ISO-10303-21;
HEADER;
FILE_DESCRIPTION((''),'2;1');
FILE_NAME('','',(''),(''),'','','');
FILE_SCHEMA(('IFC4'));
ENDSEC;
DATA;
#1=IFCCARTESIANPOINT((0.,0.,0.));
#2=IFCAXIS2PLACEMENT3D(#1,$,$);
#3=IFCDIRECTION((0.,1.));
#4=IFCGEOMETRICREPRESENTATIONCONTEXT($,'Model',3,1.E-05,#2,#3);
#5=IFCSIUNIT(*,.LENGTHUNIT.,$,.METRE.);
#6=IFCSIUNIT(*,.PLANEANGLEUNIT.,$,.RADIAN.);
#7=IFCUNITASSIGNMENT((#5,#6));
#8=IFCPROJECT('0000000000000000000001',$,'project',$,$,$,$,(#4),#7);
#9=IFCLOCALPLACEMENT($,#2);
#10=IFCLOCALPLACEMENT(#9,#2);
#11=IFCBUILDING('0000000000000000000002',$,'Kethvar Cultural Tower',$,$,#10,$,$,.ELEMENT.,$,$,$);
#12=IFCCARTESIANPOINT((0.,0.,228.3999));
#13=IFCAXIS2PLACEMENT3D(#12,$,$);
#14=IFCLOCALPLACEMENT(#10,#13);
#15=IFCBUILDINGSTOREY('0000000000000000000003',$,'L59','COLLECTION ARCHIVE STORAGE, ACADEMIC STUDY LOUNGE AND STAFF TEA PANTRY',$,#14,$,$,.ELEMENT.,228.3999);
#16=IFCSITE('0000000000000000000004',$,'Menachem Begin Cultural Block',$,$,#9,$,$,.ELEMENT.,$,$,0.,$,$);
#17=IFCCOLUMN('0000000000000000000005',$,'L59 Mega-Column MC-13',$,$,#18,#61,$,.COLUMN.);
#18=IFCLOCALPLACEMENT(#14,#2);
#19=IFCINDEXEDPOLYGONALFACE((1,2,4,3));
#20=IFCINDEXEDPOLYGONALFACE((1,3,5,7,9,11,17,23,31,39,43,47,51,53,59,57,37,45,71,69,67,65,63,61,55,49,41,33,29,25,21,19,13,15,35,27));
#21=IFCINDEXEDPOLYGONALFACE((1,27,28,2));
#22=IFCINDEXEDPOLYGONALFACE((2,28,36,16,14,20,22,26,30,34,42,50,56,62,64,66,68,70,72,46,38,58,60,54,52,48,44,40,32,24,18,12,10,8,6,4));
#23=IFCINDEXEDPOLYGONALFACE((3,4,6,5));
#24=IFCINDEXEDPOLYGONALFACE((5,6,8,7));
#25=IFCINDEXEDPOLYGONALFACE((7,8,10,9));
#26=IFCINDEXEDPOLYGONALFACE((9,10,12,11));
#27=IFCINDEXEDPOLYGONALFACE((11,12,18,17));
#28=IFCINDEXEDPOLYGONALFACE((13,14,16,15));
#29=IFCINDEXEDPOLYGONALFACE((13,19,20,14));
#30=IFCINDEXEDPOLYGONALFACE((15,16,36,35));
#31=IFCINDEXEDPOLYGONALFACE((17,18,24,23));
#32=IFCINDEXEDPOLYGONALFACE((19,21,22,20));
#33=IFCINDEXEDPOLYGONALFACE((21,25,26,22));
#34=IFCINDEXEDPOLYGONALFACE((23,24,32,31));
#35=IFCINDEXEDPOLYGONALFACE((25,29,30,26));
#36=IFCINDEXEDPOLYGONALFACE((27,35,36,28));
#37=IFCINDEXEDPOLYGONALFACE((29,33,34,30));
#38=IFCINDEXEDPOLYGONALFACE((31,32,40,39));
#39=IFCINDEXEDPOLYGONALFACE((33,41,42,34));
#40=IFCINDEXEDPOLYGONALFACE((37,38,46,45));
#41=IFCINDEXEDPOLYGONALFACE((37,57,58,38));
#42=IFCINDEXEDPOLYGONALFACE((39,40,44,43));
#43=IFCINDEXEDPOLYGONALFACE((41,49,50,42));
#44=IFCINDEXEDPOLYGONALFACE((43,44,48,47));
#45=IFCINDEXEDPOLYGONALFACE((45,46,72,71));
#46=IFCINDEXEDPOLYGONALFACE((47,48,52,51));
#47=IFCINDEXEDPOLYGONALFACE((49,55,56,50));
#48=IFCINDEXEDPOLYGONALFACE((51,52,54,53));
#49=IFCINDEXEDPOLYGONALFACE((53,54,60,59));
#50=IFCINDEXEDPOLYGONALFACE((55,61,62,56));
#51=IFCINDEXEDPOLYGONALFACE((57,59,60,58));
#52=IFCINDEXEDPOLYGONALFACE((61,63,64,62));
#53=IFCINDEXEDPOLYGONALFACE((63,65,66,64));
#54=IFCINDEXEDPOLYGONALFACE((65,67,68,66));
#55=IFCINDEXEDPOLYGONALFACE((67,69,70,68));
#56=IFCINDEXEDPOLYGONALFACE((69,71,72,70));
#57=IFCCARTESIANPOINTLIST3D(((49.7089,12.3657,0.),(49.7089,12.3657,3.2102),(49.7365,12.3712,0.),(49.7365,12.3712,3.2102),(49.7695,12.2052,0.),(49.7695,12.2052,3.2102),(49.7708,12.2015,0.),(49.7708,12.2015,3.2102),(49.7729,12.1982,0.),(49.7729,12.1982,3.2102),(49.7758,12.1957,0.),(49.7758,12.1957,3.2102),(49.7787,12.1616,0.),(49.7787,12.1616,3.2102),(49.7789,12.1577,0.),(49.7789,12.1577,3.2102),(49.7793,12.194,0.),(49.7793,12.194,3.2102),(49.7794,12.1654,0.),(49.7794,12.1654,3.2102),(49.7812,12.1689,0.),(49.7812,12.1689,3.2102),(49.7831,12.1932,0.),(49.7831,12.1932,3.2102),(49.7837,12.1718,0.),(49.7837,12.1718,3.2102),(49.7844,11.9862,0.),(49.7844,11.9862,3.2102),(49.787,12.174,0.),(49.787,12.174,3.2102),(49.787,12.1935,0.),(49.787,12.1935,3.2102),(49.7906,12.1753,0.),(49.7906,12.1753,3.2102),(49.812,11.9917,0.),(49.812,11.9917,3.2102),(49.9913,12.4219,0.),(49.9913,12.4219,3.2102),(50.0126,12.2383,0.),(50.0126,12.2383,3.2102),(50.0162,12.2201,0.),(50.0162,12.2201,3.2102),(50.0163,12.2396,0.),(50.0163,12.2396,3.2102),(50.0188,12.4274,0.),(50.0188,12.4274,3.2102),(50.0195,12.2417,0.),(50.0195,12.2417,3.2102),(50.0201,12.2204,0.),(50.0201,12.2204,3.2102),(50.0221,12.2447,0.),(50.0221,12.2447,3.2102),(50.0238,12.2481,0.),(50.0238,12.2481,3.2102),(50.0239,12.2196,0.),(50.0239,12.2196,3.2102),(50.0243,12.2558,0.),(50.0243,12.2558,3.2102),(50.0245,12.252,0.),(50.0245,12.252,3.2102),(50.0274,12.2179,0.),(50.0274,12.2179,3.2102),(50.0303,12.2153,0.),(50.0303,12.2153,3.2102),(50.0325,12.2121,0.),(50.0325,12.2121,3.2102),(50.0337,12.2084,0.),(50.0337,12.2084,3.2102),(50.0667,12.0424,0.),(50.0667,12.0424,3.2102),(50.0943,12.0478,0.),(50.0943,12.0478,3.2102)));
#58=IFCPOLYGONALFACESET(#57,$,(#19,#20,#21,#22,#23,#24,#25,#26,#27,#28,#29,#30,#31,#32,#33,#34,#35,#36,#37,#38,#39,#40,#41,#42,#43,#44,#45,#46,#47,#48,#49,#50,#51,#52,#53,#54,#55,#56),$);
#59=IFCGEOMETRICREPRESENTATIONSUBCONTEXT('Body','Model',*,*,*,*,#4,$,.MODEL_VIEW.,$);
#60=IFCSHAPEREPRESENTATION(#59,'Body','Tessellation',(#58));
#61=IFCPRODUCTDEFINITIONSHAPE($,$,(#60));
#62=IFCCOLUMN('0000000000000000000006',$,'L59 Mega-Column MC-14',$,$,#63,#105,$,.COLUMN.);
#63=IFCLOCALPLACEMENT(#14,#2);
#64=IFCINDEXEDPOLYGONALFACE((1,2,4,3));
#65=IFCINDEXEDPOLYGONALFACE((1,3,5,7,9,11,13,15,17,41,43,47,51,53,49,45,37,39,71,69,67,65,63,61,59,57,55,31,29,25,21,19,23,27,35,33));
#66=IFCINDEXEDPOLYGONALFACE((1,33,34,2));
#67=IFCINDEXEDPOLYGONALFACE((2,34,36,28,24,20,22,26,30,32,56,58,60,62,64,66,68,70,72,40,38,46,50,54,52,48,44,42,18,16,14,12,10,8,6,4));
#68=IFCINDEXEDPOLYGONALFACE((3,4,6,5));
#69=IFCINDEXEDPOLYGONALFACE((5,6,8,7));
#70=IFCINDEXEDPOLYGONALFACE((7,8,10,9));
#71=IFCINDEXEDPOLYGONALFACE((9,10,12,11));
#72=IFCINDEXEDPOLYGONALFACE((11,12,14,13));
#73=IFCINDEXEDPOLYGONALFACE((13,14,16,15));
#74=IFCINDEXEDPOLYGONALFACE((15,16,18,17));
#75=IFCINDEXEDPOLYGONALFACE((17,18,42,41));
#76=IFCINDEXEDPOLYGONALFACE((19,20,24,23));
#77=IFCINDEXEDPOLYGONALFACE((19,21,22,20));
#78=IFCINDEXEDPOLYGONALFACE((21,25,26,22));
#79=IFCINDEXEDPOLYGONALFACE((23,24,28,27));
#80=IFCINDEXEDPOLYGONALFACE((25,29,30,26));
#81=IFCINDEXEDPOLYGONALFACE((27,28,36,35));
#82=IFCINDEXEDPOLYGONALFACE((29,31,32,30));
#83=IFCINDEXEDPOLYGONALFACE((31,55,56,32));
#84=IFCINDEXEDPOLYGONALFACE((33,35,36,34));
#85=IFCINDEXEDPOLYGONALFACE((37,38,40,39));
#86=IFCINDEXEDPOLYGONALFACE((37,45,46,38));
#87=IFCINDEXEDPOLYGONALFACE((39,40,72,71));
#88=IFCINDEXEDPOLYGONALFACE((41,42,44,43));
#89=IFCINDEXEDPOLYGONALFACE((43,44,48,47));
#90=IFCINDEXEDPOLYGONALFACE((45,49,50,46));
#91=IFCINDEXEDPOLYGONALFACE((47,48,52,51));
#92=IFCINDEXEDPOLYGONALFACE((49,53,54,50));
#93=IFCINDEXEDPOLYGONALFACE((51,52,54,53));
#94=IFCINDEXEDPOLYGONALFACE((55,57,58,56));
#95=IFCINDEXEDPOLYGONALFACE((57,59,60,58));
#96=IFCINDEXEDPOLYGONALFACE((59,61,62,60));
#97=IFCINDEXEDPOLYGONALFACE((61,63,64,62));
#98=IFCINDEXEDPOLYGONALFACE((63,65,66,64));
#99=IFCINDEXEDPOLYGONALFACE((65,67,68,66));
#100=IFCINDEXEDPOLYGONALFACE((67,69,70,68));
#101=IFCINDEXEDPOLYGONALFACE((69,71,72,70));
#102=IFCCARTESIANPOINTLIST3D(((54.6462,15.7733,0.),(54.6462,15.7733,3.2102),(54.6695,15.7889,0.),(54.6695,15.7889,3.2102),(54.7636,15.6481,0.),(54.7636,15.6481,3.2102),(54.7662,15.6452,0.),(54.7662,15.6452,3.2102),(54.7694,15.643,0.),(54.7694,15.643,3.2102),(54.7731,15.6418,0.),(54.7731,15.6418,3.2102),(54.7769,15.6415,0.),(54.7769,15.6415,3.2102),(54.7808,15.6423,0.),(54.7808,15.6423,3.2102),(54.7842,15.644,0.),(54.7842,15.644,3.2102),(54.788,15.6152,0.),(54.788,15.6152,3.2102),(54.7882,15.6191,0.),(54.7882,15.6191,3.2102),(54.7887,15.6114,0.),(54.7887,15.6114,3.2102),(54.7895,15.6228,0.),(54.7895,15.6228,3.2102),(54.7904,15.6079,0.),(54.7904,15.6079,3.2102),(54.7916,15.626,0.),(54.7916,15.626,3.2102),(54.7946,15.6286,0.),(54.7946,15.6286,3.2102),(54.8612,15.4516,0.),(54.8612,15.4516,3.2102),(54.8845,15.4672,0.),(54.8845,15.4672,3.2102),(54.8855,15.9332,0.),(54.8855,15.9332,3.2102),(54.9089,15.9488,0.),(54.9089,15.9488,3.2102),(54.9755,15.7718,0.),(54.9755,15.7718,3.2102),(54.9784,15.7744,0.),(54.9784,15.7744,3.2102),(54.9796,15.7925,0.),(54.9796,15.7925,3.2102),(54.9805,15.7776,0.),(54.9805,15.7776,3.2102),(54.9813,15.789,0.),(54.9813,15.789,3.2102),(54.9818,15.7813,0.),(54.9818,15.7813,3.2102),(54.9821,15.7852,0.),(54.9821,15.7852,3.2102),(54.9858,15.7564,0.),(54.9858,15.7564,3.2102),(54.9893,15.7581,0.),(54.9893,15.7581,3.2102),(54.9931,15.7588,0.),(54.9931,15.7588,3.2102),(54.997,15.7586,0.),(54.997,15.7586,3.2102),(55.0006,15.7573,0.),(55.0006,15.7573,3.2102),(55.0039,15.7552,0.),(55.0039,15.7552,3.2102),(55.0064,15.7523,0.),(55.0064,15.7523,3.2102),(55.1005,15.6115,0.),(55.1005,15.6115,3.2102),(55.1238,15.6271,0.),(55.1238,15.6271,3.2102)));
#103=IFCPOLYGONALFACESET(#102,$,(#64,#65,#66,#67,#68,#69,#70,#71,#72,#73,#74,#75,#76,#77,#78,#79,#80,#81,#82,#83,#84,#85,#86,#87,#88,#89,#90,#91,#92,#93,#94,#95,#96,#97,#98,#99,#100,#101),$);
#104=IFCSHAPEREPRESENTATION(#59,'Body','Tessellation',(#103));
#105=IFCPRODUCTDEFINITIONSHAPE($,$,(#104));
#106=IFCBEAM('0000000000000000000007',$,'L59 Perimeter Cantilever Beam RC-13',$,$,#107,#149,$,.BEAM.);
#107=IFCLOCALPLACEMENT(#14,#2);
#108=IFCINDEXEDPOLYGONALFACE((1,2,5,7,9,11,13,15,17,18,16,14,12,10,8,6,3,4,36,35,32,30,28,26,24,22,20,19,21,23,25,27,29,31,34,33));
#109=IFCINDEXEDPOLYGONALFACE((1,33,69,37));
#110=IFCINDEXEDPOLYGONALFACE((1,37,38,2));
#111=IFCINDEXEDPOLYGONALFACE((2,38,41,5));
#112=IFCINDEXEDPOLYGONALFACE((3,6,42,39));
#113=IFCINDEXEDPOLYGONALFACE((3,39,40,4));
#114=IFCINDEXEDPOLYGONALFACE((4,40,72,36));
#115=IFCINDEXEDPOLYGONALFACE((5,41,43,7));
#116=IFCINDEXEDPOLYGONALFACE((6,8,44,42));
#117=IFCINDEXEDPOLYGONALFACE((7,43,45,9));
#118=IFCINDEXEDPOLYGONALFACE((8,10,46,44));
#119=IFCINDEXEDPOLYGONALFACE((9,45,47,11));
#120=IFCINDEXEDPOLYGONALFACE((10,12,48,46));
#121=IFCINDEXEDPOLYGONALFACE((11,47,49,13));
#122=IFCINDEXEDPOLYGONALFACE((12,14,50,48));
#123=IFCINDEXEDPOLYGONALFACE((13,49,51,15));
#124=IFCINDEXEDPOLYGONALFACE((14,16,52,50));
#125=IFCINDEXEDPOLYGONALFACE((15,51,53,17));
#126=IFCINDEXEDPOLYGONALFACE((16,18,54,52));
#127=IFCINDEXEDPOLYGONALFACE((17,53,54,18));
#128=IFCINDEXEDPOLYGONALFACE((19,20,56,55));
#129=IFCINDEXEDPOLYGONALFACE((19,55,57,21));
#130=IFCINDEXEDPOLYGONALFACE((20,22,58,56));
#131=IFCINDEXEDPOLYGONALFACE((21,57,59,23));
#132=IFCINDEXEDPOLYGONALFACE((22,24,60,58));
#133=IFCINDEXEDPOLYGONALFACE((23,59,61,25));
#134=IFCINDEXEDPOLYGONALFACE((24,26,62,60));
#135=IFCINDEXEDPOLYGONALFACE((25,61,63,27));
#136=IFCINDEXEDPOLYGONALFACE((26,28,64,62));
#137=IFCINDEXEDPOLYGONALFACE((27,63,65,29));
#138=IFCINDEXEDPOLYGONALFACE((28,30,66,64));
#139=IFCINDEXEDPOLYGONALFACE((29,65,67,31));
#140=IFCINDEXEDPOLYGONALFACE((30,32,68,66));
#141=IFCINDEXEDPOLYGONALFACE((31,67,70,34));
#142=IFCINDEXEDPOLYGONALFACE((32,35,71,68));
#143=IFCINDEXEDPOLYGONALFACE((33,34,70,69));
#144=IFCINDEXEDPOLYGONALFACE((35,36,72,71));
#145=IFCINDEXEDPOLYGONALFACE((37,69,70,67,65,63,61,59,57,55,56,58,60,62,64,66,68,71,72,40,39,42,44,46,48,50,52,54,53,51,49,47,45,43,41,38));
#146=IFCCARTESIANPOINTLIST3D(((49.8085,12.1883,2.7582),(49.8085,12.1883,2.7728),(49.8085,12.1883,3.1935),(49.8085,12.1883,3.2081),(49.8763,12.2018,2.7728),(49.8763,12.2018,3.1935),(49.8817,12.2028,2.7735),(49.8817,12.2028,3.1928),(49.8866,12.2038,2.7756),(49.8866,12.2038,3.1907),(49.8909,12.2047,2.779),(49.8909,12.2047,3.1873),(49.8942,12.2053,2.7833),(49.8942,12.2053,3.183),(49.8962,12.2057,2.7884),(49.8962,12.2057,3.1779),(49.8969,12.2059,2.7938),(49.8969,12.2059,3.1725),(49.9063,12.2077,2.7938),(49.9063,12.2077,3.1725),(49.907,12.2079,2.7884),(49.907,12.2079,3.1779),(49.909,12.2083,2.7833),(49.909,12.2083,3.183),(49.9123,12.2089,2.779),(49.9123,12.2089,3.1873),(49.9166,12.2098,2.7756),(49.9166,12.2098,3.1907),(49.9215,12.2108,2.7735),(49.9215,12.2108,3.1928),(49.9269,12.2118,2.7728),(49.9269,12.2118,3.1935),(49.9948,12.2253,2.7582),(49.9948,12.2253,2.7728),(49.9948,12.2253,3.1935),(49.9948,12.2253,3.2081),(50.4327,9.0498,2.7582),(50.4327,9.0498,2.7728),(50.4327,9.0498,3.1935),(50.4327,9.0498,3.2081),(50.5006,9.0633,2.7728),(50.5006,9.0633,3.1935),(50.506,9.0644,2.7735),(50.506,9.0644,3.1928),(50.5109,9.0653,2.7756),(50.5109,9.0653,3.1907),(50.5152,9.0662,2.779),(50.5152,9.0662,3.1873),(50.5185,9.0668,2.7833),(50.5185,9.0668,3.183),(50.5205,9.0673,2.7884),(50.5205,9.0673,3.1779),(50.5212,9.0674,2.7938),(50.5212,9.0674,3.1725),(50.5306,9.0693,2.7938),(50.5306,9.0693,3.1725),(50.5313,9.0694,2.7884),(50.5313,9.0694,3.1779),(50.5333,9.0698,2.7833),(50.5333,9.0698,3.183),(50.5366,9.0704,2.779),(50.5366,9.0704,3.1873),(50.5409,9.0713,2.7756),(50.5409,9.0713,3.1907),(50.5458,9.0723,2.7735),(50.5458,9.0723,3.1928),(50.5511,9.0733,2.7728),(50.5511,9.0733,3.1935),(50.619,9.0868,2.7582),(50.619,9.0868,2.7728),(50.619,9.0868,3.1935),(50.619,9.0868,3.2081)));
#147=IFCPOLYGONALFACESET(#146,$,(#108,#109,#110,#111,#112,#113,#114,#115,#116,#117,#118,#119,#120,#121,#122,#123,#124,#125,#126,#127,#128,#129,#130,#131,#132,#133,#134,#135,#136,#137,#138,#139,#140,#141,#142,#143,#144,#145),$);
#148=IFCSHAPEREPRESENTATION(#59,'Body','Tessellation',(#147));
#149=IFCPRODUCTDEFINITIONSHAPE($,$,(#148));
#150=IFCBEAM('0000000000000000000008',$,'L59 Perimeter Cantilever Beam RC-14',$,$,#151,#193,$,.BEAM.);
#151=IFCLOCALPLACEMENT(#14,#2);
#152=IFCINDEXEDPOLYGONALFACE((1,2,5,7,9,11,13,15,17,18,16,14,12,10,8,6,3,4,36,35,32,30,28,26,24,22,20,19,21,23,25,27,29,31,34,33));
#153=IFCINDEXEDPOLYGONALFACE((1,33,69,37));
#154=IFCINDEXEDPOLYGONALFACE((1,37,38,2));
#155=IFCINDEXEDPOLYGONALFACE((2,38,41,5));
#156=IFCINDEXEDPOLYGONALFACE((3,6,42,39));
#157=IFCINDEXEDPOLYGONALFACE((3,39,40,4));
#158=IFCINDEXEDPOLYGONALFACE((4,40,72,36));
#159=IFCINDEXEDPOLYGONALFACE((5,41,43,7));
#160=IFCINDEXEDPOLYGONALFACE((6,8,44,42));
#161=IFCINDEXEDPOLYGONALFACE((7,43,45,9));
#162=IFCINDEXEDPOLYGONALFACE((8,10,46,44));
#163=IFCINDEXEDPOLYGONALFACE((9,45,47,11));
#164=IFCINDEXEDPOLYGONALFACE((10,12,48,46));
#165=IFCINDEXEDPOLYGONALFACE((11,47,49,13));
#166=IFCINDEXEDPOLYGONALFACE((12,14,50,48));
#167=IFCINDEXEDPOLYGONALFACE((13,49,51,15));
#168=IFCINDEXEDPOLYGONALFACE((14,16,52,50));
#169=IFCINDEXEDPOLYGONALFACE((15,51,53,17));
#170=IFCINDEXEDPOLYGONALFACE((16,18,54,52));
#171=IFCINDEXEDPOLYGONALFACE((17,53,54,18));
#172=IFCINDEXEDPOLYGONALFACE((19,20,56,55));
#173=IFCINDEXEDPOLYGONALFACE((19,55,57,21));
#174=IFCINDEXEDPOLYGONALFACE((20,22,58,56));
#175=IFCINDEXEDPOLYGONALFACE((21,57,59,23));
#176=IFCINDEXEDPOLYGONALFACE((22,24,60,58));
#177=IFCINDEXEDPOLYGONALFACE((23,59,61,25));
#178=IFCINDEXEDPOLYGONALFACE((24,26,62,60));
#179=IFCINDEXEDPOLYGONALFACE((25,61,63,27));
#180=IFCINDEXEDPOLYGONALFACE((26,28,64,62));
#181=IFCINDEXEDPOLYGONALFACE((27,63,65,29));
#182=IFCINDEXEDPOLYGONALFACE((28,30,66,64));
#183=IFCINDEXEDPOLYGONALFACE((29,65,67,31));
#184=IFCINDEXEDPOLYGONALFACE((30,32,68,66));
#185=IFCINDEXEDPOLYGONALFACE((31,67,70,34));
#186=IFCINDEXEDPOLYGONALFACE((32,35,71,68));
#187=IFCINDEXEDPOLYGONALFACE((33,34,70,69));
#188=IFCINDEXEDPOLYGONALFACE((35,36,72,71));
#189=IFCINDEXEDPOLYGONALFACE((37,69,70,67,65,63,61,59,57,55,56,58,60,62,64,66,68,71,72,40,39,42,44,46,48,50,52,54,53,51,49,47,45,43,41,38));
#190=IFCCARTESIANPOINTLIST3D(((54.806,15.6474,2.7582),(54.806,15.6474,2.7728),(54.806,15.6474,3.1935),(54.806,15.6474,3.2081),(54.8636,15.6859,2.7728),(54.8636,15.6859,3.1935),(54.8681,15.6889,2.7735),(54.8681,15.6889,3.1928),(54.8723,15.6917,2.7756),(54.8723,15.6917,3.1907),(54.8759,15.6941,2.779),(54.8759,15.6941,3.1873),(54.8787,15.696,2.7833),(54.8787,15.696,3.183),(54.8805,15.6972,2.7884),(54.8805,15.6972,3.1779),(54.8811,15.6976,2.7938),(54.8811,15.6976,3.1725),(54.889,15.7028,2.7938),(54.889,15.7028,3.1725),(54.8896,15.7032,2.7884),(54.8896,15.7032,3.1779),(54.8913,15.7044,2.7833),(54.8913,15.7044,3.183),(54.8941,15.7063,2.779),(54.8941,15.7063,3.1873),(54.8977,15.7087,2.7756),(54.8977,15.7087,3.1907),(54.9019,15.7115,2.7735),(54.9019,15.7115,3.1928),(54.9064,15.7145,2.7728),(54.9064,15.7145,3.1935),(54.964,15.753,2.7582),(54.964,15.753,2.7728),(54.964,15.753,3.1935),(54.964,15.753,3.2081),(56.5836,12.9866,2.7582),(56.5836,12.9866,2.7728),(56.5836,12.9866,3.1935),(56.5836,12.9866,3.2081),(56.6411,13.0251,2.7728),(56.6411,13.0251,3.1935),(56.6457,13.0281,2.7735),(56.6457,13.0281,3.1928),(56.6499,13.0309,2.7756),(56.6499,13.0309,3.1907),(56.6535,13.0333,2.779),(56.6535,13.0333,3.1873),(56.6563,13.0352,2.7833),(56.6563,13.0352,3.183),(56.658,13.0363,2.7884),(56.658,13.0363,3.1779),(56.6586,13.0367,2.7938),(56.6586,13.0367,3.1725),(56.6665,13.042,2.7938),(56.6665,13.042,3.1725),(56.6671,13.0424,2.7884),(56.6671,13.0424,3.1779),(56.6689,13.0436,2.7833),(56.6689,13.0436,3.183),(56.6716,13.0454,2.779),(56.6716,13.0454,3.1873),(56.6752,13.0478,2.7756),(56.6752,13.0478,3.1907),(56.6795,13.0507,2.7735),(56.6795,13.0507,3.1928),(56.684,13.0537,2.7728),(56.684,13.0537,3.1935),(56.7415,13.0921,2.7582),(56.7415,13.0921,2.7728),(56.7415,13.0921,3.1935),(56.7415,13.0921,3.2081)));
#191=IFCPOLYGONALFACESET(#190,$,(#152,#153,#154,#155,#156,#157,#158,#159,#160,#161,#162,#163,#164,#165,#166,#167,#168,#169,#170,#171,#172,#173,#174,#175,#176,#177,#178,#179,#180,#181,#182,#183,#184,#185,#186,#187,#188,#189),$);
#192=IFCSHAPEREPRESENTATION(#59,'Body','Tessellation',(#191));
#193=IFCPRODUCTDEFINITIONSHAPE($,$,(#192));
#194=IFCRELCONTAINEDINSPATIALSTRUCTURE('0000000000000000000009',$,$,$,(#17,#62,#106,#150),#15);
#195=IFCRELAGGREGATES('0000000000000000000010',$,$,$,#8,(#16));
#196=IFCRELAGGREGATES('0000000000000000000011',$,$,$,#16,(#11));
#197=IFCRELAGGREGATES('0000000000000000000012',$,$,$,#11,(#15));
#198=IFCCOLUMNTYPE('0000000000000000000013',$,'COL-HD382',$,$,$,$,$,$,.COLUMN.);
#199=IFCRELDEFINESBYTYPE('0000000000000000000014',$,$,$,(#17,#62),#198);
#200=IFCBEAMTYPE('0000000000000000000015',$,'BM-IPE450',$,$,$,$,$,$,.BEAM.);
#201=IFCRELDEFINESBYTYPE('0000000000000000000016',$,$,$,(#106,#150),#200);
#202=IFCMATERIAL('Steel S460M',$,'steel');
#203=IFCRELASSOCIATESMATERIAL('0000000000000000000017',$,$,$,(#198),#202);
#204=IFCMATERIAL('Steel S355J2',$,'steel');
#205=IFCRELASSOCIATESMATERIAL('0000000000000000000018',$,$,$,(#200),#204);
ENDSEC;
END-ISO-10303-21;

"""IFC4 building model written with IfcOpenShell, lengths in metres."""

from ifc_helpers import new_model, si_unit, direction, frame, origin, origin_2d, place, context, subcontext, project, spatial, i_section, extrude, source, transform, mapped, material, material_profile, profile_set, type_object, element, save


model = new_model("IFC4")

# Units and contexts
model_context = context("Model", 3, precision=1e-05, world=origin(), true_north=direction((0.0, 1.0)))
body_context = subcontext(model_context, "Body", "Model", "MODEL_VIEW")
ifc_project = project(units=[si_unit("LENGTHUNIT", "METRE"), si_unit("PLANEANGLEUNIT", "RADIAN")], contexts=[model_context])

# Site, building, storey
site_placement = place(None, origin())
site = spatial("IfcSite", under=ifc_project, at=site_placement, Name="Menachem Begin Cultural Block", CompositionType="ELEMENT", RefElevation=0.0)
building_placement = place(site_placement, origin())
building = spatial("IfcBuilding", under=site, at=building_placement, Name="Kethvar Cultural Tower", CompositionType="ELEMENT")
storey_placement = place(building_placement, frame((0.0, 0.0, 228.3999)))
storey = spatial("IfcBuildingStorey", under=building, at=storey_placement, Name="L59", Description="COLLECTION ARCHIVE STORAGE, ACADEMIC STUDY LOUNGE AND STAFF TEA PANTRY", CompositionType="ELEMENT", Elevation=228.3999)

# Columns
ifc_material_1 = material(Name="Steel S460M", Category="steel")
ifc_material_profile_1 = material_profile(ifc_material_1, i_section(OverallWidth=0.387, OverallDepth=0.3159, WebThickness=0.0186, FlangeThickness=0.0281, FilletRadius=0.0149, at=origin_2d()), Name="Steel S460M — HD400x382")
ifc_profile_set_1 = profile_set([ifc_material_profile_1], Name="Steel S460M — HD400x382")
column_type = type_object("IfcColumnType", Name="COL-HD382", PredefinedType="COLUMN", material=ifc_profile_set_1)
shared_shape_1 = source(origin(), body_context, "Body", "SweptSolid", [
    extrude(i_section(OverallWidth=0.387, OverallDepth=0.3159, WebThickness=0.0186, FlangeThickness=0.0281, FilletRadius=0.0149, at=origin_2d()), origin(), (0.0, 0.0, 1.0), 3.2102),
])
for number, where, z_axis, x_axis, name in (
    (1, (49.9016, 12.2068, 0.0), (0.0, 0.0, 1.0), (0.19509, -0.980785, 0.0), "L59 Mega-Column MC-13"),
    (2, (54.885, 15.7002, 0.0), (0.0, 0.0, 1.0), (0.55557, -0.83147, 0.0), "L59 Mega-Column MC-14"),
):
    element("IfcColumn", number, at=place(storey_placement, frame(where, z_axis=z_axis, x_axis=x_axis)), inside=storey, type_object=column_type, Name=name, PredefinedType="COLUMN", context=body_context, shape_type="MappedRepresentation", body=[
        mapped(shared_shape_1, transform((0.0, 0.0, 0.0), scale=1.0)),
    ])

# Beams
ifc_material_2 = material(Name="Steel S355J2", Category="steel")
ifc_material_profile_2 = material_profile(ifc_material_2, i_section(OverallWidth=0.1899, OverallDepth=0.45, WebThickness=0.0095, FlangeThickness=0.0146, FilletRadius=0.021, at=origin_2d()), Name="Steel S355J2 — IPE450")
ifc_profile_set_2 = profile_set([ifc_material_profile_2], Name="Steel S355J2 — IPE450")
beam_type_1 = type_object("IfcBeamType", Name="BM-IPE450", PredefinedType="BEAM", material=ifc_profile_set_2)
shared_shape_2 = source(origin(), body_context, "Body", "SweptSolid", [
    extrude(i_section(OverallWidth=0.1899, OverallDepth=0.45, WebThickness=0.0095, FlangeThickness=0.0146, FilletRadius=0.021, at=origin_2d()), origin(), (0.0, 0.0, 1.0), 3.2),
])
for number, where, z_axis, x_axis, name in (
    (3, (49.9016, 12.2068, 2.9832), (0.195089, -0.980786, 0.0), (0.980786, 0.195089, 0.0), "L59 Perimeter Cantilever Beam RC-13"),
    (4, (54.885, 15.7002, 2.9832), (0.555492, -0.831522, 0.0), (0.831522, 0.555492, 0.0), "L59 Perimeter Cantilever Beam RC-14"),
):
    element("IfcBeam", number, at=place(storey_placement, frame(where, z_axis=z_axis, x_axis=x_axis)), inside=storey, type_object=beam_type_1, Name=name, PredefinedType="BEAM", context=body_context, shape_type="MappedRepresentation", body=[
        mapped(shared_shape_2, transform((0.0, 0.0, 0.0), scale=1.0)),
    ])

save(model, "model.ifc")
